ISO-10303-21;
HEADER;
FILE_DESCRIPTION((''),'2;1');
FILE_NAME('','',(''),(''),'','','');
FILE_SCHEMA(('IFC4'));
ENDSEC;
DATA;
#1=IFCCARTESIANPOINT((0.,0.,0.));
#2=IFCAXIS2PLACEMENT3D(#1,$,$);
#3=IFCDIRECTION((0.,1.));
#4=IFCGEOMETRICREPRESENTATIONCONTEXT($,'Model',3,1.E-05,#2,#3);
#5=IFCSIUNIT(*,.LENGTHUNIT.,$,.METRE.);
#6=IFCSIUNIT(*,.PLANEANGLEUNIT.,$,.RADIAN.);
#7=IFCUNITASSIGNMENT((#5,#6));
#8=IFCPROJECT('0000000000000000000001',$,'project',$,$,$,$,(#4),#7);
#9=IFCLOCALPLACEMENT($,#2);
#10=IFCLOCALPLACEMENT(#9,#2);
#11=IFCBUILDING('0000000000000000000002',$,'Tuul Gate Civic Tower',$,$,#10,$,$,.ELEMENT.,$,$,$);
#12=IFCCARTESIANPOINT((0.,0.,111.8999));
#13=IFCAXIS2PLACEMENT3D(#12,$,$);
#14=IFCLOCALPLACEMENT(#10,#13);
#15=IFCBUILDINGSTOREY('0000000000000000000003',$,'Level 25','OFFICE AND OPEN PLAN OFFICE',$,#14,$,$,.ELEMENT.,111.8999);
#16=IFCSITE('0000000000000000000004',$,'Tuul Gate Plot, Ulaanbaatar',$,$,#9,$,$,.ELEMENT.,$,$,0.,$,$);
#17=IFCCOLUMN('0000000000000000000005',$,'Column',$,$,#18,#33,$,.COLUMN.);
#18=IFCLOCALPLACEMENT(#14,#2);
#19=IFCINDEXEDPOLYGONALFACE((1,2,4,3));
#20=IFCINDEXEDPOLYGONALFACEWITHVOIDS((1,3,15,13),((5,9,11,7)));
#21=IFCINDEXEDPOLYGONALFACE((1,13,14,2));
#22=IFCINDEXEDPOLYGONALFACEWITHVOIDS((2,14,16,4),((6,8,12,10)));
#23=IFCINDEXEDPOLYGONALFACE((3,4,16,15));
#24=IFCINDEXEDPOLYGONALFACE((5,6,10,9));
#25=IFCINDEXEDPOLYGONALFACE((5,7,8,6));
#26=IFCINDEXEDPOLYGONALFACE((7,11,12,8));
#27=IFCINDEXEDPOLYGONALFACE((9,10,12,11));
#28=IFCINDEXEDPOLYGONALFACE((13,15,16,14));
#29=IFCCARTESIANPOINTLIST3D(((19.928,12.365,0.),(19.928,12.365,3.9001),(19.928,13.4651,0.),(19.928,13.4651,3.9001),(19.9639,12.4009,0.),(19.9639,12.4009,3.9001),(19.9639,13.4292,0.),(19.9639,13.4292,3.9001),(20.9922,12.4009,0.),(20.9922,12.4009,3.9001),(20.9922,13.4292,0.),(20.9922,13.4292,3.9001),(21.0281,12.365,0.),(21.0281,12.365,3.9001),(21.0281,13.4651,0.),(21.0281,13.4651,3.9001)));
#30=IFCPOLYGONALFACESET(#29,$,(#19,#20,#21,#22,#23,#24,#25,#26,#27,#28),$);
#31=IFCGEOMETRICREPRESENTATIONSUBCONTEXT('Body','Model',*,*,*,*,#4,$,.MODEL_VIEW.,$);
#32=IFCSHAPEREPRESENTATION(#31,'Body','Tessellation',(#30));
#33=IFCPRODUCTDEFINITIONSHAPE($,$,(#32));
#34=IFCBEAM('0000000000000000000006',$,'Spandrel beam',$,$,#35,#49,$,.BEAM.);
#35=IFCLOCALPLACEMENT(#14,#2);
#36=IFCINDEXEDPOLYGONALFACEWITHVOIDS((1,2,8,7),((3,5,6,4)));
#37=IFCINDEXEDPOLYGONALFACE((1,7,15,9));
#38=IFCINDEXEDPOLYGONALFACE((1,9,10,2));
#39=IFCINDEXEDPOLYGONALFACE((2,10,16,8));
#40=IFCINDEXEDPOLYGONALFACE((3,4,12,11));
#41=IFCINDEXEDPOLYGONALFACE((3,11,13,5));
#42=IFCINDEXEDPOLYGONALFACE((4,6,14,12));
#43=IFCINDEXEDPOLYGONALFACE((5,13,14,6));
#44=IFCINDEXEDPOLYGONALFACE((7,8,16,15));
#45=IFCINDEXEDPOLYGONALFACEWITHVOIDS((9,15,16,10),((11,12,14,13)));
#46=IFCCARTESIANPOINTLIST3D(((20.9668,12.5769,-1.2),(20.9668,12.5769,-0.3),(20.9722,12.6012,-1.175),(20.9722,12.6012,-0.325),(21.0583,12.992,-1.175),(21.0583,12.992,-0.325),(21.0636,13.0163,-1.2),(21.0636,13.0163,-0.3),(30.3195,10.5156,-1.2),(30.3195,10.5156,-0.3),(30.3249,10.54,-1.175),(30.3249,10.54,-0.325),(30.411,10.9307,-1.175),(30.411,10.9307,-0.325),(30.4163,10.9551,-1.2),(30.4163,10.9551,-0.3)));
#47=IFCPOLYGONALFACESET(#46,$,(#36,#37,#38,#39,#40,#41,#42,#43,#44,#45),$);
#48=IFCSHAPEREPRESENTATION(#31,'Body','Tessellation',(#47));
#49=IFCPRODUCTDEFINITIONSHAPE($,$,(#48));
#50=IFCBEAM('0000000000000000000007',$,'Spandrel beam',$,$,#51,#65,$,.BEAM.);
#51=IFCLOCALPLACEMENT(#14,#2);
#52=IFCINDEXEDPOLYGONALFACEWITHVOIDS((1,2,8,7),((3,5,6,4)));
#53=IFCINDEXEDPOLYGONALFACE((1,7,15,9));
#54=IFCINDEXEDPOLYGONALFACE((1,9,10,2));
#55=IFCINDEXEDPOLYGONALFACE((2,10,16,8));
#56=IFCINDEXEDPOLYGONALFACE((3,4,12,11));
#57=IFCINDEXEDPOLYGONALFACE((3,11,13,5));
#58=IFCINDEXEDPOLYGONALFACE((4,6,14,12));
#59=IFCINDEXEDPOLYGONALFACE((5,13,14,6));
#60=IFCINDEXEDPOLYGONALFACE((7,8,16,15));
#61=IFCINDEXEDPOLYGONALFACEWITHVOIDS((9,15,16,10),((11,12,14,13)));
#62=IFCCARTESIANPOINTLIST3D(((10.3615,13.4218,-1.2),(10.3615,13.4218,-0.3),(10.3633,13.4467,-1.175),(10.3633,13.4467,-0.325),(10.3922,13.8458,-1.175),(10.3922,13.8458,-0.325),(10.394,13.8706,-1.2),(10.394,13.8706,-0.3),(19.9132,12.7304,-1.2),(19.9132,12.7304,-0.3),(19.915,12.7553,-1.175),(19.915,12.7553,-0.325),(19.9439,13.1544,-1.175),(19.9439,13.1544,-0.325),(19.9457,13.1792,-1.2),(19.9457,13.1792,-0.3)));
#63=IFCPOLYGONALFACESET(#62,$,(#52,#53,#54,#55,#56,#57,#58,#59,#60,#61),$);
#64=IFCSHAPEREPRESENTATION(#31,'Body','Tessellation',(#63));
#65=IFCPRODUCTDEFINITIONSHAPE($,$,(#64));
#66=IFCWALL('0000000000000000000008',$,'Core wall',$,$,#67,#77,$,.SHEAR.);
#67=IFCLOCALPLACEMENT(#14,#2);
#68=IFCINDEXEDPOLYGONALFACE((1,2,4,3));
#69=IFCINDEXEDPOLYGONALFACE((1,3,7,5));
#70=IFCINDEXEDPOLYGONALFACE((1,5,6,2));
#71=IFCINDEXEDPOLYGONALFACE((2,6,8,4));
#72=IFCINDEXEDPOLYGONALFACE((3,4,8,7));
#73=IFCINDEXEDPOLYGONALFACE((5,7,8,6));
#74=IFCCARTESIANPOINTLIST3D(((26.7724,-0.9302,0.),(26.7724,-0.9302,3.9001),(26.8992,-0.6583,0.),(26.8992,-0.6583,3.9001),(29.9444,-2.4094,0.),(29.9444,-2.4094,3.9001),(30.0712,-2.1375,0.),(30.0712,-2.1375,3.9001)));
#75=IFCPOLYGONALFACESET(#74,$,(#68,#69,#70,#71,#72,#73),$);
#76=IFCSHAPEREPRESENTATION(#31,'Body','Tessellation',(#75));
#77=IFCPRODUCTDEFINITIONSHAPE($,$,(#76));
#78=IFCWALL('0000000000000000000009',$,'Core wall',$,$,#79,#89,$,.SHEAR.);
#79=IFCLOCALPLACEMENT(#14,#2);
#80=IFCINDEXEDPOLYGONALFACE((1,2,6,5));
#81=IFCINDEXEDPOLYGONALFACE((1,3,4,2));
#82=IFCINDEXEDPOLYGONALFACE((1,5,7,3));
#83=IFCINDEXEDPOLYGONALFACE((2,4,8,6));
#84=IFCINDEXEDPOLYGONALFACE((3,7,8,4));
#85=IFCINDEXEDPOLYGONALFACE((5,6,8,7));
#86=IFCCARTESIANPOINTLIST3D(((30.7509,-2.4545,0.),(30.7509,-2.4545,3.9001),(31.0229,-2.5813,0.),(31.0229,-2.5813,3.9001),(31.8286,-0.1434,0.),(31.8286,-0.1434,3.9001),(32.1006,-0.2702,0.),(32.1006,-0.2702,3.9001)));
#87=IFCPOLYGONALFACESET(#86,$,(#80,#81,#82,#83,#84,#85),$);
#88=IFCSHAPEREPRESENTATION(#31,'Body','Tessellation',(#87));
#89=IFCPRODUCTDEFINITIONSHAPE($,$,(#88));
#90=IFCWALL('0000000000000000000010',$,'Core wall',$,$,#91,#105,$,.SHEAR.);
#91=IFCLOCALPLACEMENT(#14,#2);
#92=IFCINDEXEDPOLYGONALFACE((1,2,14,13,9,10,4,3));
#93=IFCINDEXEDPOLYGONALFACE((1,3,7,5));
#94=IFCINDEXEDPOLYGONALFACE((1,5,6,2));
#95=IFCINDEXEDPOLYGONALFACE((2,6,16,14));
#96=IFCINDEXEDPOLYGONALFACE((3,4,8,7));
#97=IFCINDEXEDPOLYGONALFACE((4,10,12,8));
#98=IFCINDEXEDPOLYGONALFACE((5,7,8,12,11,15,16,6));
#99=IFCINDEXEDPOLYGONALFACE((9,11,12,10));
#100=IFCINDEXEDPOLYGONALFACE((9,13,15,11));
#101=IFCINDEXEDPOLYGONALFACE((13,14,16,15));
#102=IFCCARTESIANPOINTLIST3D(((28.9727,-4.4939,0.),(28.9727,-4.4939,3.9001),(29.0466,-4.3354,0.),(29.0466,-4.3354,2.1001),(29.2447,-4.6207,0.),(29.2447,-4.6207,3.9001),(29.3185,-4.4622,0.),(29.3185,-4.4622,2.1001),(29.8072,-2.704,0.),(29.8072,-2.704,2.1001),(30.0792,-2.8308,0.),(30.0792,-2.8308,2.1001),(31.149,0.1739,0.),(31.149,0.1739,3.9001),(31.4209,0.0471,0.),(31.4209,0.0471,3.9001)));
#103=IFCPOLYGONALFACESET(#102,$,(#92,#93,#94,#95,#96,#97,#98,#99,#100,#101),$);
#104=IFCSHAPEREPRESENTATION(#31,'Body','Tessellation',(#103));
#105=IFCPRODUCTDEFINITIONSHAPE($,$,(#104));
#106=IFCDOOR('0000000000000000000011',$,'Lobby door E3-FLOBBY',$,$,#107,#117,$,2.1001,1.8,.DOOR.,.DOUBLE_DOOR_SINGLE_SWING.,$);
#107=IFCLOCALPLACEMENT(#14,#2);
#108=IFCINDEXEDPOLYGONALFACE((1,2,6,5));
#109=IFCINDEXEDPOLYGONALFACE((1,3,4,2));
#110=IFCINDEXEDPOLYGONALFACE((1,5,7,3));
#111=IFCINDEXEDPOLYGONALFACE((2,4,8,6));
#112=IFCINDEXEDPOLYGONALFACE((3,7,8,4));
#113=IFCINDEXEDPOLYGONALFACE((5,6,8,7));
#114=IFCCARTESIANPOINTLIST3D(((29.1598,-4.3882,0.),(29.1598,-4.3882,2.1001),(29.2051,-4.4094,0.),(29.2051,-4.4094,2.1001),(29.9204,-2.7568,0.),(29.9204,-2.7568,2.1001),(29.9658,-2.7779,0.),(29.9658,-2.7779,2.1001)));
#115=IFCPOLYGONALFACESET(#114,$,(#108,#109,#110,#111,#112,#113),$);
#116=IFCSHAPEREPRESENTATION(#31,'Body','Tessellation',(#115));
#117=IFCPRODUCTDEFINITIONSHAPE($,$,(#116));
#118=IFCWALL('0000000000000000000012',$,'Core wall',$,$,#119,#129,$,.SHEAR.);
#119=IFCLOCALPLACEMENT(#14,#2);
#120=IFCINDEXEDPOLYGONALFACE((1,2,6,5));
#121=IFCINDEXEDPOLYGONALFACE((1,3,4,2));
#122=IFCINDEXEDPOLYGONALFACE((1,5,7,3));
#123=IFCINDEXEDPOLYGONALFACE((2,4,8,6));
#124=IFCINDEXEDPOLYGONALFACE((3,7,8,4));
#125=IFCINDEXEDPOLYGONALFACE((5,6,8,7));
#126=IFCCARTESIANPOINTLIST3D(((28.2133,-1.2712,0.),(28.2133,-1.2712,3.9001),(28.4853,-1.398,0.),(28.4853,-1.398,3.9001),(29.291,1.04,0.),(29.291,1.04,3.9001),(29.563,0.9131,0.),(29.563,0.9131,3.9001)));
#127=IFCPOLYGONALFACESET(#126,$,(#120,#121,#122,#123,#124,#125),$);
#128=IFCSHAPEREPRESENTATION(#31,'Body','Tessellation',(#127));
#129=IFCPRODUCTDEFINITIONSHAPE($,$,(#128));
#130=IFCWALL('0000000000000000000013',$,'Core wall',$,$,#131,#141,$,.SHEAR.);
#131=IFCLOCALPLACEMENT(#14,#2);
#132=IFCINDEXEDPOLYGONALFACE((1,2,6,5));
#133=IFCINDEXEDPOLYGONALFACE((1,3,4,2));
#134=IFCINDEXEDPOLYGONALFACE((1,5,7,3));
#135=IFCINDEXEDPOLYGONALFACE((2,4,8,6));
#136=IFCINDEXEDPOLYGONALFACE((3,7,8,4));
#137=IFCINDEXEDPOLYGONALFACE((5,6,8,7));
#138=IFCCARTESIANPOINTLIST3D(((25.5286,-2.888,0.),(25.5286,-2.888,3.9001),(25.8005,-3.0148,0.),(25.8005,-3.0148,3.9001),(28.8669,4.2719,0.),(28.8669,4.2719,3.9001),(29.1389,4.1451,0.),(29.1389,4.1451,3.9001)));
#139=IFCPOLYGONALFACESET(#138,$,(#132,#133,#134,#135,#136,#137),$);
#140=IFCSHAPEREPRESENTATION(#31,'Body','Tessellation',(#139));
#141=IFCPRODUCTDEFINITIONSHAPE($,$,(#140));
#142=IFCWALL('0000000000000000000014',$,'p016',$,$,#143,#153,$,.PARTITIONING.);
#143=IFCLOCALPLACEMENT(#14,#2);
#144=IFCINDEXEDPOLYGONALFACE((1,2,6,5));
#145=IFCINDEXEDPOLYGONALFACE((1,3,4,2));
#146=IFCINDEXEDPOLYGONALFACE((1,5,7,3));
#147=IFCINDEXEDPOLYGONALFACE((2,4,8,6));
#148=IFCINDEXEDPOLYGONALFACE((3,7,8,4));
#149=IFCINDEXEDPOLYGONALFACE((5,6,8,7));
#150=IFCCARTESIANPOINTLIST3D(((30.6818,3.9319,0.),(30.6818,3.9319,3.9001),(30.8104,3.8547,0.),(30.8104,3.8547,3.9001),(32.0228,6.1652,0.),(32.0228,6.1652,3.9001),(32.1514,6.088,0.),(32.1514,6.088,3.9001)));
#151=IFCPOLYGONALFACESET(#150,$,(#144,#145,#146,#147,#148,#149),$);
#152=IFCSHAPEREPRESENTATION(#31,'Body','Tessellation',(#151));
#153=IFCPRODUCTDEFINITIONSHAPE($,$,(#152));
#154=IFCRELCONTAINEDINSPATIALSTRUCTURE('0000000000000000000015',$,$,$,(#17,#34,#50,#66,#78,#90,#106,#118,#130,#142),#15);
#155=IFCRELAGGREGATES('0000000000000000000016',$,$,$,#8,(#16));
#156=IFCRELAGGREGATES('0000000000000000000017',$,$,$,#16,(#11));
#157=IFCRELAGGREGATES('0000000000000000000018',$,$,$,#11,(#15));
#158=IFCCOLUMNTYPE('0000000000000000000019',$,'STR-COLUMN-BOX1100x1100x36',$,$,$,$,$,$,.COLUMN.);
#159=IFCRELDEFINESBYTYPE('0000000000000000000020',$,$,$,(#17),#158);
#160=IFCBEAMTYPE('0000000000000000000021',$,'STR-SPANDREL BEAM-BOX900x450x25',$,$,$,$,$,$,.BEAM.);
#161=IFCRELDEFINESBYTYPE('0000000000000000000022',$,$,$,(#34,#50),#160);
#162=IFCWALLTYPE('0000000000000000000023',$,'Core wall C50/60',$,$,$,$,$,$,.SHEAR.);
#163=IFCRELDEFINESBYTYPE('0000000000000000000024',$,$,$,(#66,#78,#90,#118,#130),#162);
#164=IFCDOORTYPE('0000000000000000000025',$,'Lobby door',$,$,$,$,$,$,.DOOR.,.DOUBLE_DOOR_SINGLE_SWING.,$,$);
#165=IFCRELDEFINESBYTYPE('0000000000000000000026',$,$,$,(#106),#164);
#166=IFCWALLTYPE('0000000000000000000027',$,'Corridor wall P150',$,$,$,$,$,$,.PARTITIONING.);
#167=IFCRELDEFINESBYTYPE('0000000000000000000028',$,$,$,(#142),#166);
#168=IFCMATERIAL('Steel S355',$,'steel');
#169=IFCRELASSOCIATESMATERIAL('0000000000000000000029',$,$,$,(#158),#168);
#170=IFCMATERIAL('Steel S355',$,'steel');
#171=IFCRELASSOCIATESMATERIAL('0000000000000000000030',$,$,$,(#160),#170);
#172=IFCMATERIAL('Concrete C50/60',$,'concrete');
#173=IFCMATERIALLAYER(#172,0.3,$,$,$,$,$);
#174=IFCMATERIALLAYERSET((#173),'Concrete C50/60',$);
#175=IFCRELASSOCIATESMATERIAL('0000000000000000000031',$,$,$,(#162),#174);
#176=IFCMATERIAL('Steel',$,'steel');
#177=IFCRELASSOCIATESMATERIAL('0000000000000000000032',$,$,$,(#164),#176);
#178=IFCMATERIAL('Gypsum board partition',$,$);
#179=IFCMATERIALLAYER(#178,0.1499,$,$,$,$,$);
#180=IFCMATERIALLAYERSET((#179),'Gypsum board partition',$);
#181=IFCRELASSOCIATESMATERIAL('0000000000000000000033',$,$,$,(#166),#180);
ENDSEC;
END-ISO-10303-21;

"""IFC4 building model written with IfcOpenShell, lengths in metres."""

from ifc_helpers import new_model, si_unit, direction, frame, frame_2d, origin, origin_2d, place, context, subcontext, project, spatial, rectangle, hollow_rectangle, extrude, material, layer, layer_set, material_profile, profile_set, type_object, element, fill, save


model = new_model("IFC4")

# Units and contexts
model_context = context("Model", 3, precision=1e-05, world=origin(), true_north=direction((0.0, 1.0)))
body_context = subcontext(model_context, "Body", "Model", "MODEL_VIEW")
ifc_project = project(units=[si_unit("LENGTHUNIT", "METRE"), si_unit("PLANEANGLEUNIT", "RADIAN")], contexts=[model_context])

# Site, building, storey
site_placement = place(None, origin())
site = spatial("IfcSite", under=ifc_project, at=site_placement, Name="Tuul Gate Plot, Ulaanbaatar", CompositionType="ELEMENT", RefElevation=0.0)
building_placement = place(site_placement, origin())
building = spatial("IfcBuilding", under=site, at=building_placement, Name="Tuul Gate Civic Tower", CompositionType="ELEMENT")
storey_placement = place(building_placement, frame((0.0, 0.0, 111.8999)))
storey = spatial("IfcBuildingStorey", under=building, at=storey_placement, Name="Level 25", Description="OFFICE AND OPEN PLAN OFFICE", CompositionType="ELEMENT", Elevation=111.8999)

# Column
ifc_material_1 = material(Name="Steel S355", Category="steel")
ifc_material_profile_1 = material_profile(ifc_material_1, hollow_rectangle(XDim=1.1001, YDim=1.1001, WallThickness=0.0359, at=origin_2d()), Name="BOX1100x1100x36")
ifc_profile_set_1 = profile_set([ifc_material_profile_1], Name="Steel S355")
column_type = type_object("IfcColumnType", Name="STR-COLUMN-BOX1100x1100x36", PredefinedType="COLUMN", material=ifc_profile_set_1)
column_placement = place(storey_placement, frame((20.478, 12.915, 0.0), z_axis=(0.0, 0.0, 1.0), x_axis=(1.0, 0.0, 0.0)))
element("IfcColumn", 1, at=column_placement, inside=storey, type_object=column_type, Name="Column", PredefinedType="COLUMN", context=body_context, shape_type="SweptSolid", body=[
    extrude(hollow_rectangle(XDim=1.1001, YDim=1.1001, WallThickness=0.0359, at=origin_2d()), origin(), (0.0, 0.0, 1.0), 3.9001),
])

# Beams
ifc_material_2 = material(Name="Steel S355", Category="steel")
ifc_material_profile_2 = material_profile(ifc_material_2, hollow_rectangle(XDim=0.45, YDim=0.8999, WallThickness=0.0249, at=origin_2d()), Name="BOX900x450x25")
ifc_profile_set_2 = profile_set([ifc_material_profile_2], Name="Steel S355")
beam_type = type_object("IfcBeamType", Name="STR-SPANDREL BEAM-BOX900x450x25", PredefinedType="BEAM", material=ifc_profile_set_2)
beam_1_placement = place(storey_placement, frame((30.3679, 10.7354, -0.75), z_axis=(-0.976564, 0.215227, 0.0), x_axis=(-0.215227, -0.976564, 0.0)))
element("IfcBeam", 2, at=beam_1_placement, inside=storey, type_object=beam_type, Name="Spandrel beam", PredefinedType="BEAM", context=body_context, shape_type="SweptSolid", body=[
    extrude(hollow_rectangle(XDim=0.45, YDim=0.8999, WallThickness=0.0249, at=origin_2d()), origin(), (0.0, 0.0, 1.0), 9.5771),
])
beam_2_placement = place(storey_placement, frame((19.9294, 12.9548, -0.75), z_axis=(-0.99739, 0.072196, 0.0), x_axis=(-0.072196, -0.99739, 0.0)))
element("IfcBeam", 3, at=beam_2_placement, inside=storey, type_object=beam_type, Name="Spandrel beam", PredefinedType="BEAM", context=body_context, shape_type="SweptSolid", body=[
    extrude(hollow_rectangle(XDim=0.45, YDim=0.8999, WallThickness=0.0249, at=origin_2d()), origin(), (0.0, 0.0, 1.0), 9.5767),
])

# Walls
ifc_material_3 = material(Name="Concrete C50/60", Category="concrete")
ifc_layer_1 = layer(ifc_material_3, 0.3)
ifc_layer_set_1 = layer_set([ifc_layer_1], Name="Concrete C50/60")
wall_type_1 = type_object("IfcWallType", Name="Core wall C50/60", PredefinedType="SHEAR", material=ifc_layer_set_1)
wall_1_placement = place(storey_placement, frame((30.0078, -2.2734, 0.0), z_axis=(0.0, 0.0, 1.0), x_axis=(-0.906301, 0.422633, 0.0)))
element("IfcWall", 4, at=wall_1_placement, inside=storey, type_object=wall_type_1, Name="Core wall", PredefinedType="SHEAR", context=body_context, shape_type="SweptSolid", body=[
    extrude(rectangle(XDim=3.5, YDim=0.3, at=frame_2d((1.75, 0.0))), origin(), (0.0, 0.0, 1.0), 3.9001),
])
wall_2_placement = place(storey_placement, frame((30.887, -2.5178, 0.0), z_axis=(0.0, 0.0, 1.0), x_axis=(0.422613, 0.90631, 0.0)))
element("IfcWall", 5, at=wall_2_placement, inside=storey, type_object=wall_type_1, Name="Core wall", PredefinedType="SHEAR", context=body_context, shape_type="SweptSolid", body=[
    extrude(rectangle(XDim=2.55, YDim=0.3, at=frame_2d((1.2749, 0.0))), origin(), (0.0, 0.0, 1.0), 3.9001),
])

# Wall, opening, door
wall_3_placement = place(storey_placement, frame((29.1086, -4.5574, 0.0), z_axis=(0.0, 0.0, 1.0), x_axis=(0.422566, 0.906332, 0.0)))
wall_3 = element("IfcWall", 6, at=wall_3_placement, inside=storey, type_object=wall_type_1, Name="Core wall", PredefinedType="SHEAR", context=body_context, shape_type="SweptSolid", body=[
    extrude(rectangle(XDim=5.1501, YDim=0.3, at=frame_2d((2.5752, 0.0))), origin(), (0.0, 0.0, 1.0), 3.9001),
])
opening_1_placement = place(wall_3_placement, frame((0.175, 0.0, 0.0)))
opening_1 = element("IfcOpeningElement", 7, at=opening_1_placement, cuts=wall_3, PredefinedType="OPENING", context=body_context, shape_type="SweptSolid", body=[
    extrude(rectangle(XDim=1.8, YDim=2.1001, at=frame_2d((0.8999, 1.05))), frame((0.0, 0.1602, 0.0), z_axis=(0.0, -1.0, 0.0), x_axis=(1.0, 0.0, 0.0)), (0.0, 0.0, 1.0), 0.3201),
])
ifc_material_4 = material(Name="Steel", Category="steel")
door_type_1 = type_object("IfcDoorType", Name="Lobby door", OperationType="DOUBLE_DOOR_SINGLE_SWING", PredefinedType="DOOR", material=ifc_material_4)
door_1_placement = place(opening_1_placement, frame((1.8, 0.0, 0.0), z_axis=(0.0, 0.0, 1.0), x_axis=(-1.0, 0.0, 0.0)))
door_1 = element("IfcDoor", 8, at=door_1_placement, inside=storey, type_object=door_type_1, Name="Lobby door E3-FLOBBY", OperationType="DOUBLE_DOOR_SINGLE_SWING", OverallHeight=2.1001, OverallWidth=1.8, PredefinedType="DOOR", context=body_context, shape_type="SweptSolid", body=[
    extrude(rectangle(XDim=1.8, YDim=2.1001, at=frame_2d((0.9001, 1.05))), frame((0.0, 0.0249, 0.0), z_axis=(0.0, -1.0, 0.0), x_axis=(1.0, 0.0, 0.0)), (0.0, 0.0, 1.0), 0.05),
])
fill(opening_1, door_1)

# Walls
wall_4_placement = place(storey_placement, frame((28.3494, -1.3345, 0.0), z_axis=(0.0, 0.0, 1.0), x_axis=(0.422613, 0.90631, 0.0)))
element("IfcWall", 9, at=wall_4_placement, inside=storey, type_object=wall_type_1, Name="Core wall", PredefinedType="SHEAR", context=body_context, shape_type="SweptSolid", body=[
    extrude(rectangle(XDim=2.55, YDim=0.3, at=frame_2d((1.2749, 0.0))), origin(), (0.0, 0.0, 1.0), 3.9001),
])
wall_5_placement = place(storey_placement, frame((25.6646, -2.9514, 0.0), z_axis=(0.0, 0.0, 1.0), x_axis=(0.422583, 0.906324, 0.0)))
element("IfcWall", 10, at=wall_5_placement, inside=storey, type_object=wall_type_1, Name="Core wall", PredefinedType="SHEAR", context=body_context, shape_type="SweptSolid", body=[
    extrude(rectangle(XDim=7.8999, YDim=0.3, at=frame_2d((3.95, 0.0))), origin(), (0.0, 0.0, 1.0), 3.9001),
])
ifc_material_5 = material(Name="Gypsum board partition")
ifc_layer_2 = layer(ifc_material_5, 0.1499)
ifc_layer_set_2 = layer_set([ifc_layer_2], Name="Gypsum board partition")
wall_type_2 = type_object("IfcWallType", Name="Corridor wall P150", PredefinedType="PARTITIONING", material=ifc_layer_set_2)
wall_6_placement = place(storey_placement, frame((30.7461, 3.8933, 0.0), z_axis=(0.0, 0.0, 1.0), x_axis=(0.514785, 0.857319, 0.0)))
element("IfcWall", 11, at=wall_6_placement, inside=storey, type_object=wall_type_2, Name="p016", PredefinedType="PARTITIONING", context=body_context, shape_type="SweptSolid", body=[
    extrude(rectangle(XDim=2.605, YDim=0.1499, at=frame_2d((1.3025, 0.0))), origin(), (0.0, 0.0, 1.0), 3.9001),
])

save(model, "model.ifc")
